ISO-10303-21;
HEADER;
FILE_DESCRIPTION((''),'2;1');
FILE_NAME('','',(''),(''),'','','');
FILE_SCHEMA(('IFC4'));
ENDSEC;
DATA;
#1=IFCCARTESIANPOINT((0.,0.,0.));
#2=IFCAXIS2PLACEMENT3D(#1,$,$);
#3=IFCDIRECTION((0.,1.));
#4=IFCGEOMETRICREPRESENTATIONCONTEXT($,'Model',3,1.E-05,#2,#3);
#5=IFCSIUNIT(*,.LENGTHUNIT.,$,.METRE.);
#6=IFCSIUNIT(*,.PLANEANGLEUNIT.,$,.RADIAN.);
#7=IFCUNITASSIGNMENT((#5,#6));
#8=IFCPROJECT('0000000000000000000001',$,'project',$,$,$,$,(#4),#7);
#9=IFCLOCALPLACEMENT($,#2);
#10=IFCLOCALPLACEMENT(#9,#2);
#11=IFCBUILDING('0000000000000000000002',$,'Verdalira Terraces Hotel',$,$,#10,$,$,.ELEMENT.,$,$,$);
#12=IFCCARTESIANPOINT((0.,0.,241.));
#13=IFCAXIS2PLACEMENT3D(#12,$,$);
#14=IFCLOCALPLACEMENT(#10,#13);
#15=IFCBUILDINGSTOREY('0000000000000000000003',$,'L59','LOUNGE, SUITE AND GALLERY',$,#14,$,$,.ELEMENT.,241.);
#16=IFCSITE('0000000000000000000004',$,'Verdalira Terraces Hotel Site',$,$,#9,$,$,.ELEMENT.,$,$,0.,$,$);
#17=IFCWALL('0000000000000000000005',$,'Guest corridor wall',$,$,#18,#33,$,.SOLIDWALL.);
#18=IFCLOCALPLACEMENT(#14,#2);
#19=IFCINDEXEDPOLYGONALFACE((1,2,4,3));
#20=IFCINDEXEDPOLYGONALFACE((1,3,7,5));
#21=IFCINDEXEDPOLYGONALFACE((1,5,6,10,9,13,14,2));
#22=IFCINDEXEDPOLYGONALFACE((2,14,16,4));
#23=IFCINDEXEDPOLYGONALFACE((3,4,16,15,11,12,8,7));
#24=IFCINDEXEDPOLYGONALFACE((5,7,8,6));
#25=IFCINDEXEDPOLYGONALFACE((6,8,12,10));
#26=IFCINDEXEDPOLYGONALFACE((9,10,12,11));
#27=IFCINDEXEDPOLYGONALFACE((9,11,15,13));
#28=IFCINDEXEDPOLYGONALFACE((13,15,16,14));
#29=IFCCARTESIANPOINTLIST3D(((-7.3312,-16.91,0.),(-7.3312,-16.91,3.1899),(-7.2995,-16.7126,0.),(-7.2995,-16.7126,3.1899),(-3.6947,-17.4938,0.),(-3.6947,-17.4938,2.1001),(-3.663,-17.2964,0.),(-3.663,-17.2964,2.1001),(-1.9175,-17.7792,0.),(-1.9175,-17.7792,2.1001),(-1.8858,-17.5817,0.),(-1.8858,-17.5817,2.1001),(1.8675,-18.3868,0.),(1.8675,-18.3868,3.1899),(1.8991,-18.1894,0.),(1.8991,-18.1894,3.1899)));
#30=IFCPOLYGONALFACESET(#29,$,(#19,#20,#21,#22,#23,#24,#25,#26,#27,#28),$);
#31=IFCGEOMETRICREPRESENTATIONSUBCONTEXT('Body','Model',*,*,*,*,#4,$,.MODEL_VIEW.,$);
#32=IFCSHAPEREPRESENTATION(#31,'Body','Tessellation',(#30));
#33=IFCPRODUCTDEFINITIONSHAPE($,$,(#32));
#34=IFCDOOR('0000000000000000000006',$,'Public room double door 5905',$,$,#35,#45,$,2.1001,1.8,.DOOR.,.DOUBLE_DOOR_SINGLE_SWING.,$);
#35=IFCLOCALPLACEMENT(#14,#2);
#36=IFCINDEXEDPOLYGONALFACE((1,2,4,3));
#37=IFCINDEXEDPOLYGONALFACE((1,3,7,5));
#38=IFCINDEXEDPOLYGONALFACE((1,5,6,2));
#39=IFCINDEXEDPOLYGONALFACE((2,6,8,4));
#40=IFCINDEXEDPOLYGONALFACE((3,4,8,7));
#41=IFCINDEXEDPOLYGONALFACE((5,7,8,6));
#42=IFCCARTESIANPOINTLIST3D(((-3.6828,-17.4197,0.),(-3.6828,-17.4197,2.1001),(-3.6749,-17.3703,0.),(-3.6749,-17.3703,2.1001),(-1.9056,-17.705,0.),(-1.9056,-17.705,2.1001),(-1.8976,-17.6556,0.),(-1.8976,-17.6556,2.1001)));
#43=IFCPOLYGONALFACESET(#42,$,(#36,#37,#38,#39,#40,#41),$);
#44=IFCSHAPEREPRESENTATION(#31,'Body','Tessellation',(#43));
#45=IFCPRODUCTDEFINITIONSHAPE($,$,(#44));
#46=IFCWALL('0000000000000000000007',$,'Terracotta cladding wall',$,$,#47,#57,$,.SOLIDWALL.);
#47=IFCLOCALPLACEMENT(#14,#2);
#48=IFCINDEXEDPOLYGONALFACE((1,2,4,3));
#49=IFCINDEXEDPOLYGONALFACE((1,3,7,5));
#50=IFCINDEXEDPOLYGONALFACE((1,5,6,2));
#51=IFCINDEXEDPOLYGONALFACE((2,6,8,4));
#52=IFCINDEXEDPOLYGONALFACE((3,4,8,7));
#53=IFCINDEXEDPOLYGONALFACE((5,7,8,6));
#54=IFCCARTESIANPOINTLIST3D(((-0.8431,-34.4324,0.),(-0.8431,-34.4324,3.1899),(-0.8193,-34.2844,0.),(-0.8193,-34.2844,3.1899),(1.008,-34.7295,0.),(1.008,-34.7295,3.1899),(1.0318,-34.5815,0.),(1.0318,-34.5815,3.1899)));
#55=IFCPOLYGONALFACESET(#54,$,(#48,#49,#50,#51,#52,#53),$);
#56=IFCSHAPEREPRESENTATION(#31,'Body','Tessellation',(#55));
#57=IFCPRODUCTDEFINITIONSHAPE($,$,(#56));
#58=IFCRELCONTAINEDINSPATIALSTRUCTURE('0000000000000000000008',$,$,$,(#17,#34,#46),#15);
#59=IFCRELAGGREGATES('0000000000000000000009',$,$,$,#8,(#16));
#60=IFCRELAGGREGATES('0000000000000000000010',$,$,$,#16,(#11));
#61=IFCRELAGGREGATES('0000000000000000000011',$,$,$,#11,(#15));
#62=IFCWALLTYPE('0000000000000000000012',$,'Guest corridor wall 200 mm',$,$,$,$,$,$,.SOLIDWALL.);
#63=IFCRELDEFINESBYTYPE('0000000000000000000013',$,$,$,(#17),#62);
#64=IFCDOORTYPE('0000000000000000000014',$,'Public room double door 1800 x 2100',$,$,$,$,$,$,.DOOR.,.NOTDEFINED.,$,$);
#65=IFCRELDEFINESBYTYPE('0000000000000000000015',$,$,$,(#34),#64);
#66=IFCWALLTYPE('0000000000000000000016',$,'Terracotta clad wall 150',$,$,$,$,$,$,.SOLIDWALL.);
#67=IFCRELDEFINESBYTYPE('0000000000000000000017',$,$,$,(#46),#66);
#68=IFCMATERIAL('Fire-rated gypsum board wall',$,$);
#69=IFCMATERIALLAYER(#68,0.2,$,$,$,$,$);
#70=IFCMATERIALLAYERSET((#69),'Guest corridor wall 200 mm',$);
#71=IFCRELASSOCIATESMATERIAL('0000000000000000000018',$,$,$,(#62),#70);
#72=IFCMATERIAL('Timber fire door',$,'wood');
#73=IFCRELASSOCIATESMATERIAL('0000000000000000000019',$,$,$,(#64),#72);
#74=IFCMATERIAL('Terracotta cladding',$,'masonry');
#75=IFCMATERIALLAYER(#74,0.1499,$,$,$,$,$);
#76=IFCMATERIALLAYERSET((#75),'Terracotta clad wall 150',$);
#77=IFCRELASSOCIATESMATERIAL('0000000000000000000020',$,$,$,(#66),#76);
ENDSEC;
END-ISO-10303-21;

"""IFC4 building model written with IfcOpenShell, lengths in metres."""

from ifc_helpers import new_model, si_unit, direction, frame, frame_2d, origin, place, context, subcontext, project, spatial, rectangle, extrude, material, layer, layer_set, type_object, element, fill, save


model = new_model("IFC4")

# Units and contexts
model_context = context("Model", 3, precision=1e-05, world=origin(), true_north=direction((0.0, 1.0)))
body_context = subcontext(model_context, "Body", "Model", "MODEL_VIEW")
ifc_project = project(units=[si_unit("LENGTHUNIT", "METRE"), si_unit("PLANEANGLEUNIT", "RADIAN")], contexts=[model_context])

# Site, building, storey
site_placement = place(None, origin())
site = spatial("IfcSite", under=ifc_project, at=site_placement, Name="Verdalira Terraces Hotel Site", CompositionType="ELEMENT", RefElevation=0.0)
building_placement = place(site_placement, origin())
building = spatial("IfcBuilding", under=site, at=building_placement, Name="Verdalira Terraces Hotel", CompositionType="ELEMENT")
storey_placement = place(building_placement, frame((0.0, 0.0, 241.0)))
storey = spatial("IfcBuildingStorey", under=building, at=storey_placement, Name="L59", Description="LOUNGE, SUITE AND GALLERY", CompositionType="ELEMENT", Elevation=241.0)

# Wall, opening, door
ifc_material_1 = material(Name="Fire-rated gypsum board wall")
ifc_layer_1 = layer(ifc_material_1, 0.2)
ifc_layer_set_1 = layer_set([ifc_layer_1], Name="Guest corridor wall 200 mm")
wall_type_1 = type_object("IfcWallType", Name="Guest corridor wall 200 mm", PredefinedType="SOLIDWALL", material=ifc_layer_set_1)
wall_1_placement = place(storey_placement, frame((1.8833, -18.2881, 0.0), z_axis=(0.0, 0.0, 1.0), x_axis=(-0.987357, 0.158515, 0.0)))
wall_1 = element("IfcWall", 1, at=wall_1_placement, inside=storey, type_object=wall_type_1, Name="Guest corridor wall", PredefinedType="SOLIDWALL", context=body_context, shape_type="SweptSolid", body=[
    extrude(rectangle(XDim=9.3164, YDim=0.2, at=frame_2d((4.6582, 0.0))), origin(), (0.0, 0.0, 1.0), 3.1899),
])
opening_1_placement = place(wall_1_placement, frame((3.8335, 0.0, 0.0)))
opening_1 = element("IfcOpeningElement", 2, at=opening_1_placement, cuts=wall_1, PredefinedType="OPENING", context=body_context, shape_type="SweptSolid", body=[
    extrude(rectangle(XDim=1.8, YDim=2.1001, at=frame_2d((0.8999, 1.05))), frame((0.0, 0.1099, 0.0), z_axis=(0.0, -1.0, 0.0), x_axis=(1.0, 0.0, 0.0)), (0.0, 0.0, 1.0), 0.22),
])
ifc_material_2 = material(Name="Timber fire door", Category="wood")
door_type_1 = type_object("IfcDoorType", Name="Public room double door 1800 x 2100", OperationType="NOTDEFINED", PredefinedType="DOOR", material=ifc_material_2)
door_1_placement = place(opening_1_placement, origin())
door_1 = element("IfcDoor", 3, at=door_1_placement, inside=storey, type_object=door_type_1, Name="Public room double door 5905", OperationType="DOUBLE_DOOR_SINGLE_SWING", OverallHeight=2.1001, OverallWidth=1.8, PredefinedType="DOOR", context=body_context, shape_type="SweptSolid", body=[
    extrude(rectangle(XDim=1.8, YDim=2.1001, at=frame_2d((0.8999, 1.05))), frame((0.0, 0.0249, 0.0), z_axis=(0.0, -1.0, 0.0), x_axis=(1.0, 0.0, 0.0)), (0.0, 0.0, 1.0), 0.05),
])
fill(opening_1, door_1)

# Wall
ifc_material_3 = material(Name="Terracotta cladding", Category="masonry")
ifc_layer_2 = layer(ifc_material_3, 0.1499)
ifc_layer_set_2 = layer_set([ifc_layer_2], Name="Terracotta clad wall 150")
wall_type_2 = type_object("IfcWallType", Name="Terracotta clad wall 150", PredefinedType="SOLIDWALL", material=ifc_layer_set_2)
wall_2_placement = place(storey_placement, frame((-0.8313, -34.3584, 0.0), z_axis=(0.0, 0.0, 1.0), x_axis=(0.987362, -0.158483, 0.0)))
element("IfcWall", 4, at=wall_2_placement, inside=storey, type_object=wall_type_2, Name="Terracotta cladding wall", PredefinedType="SOLIDWALL", context=body_context, shape_type="SweptSolid", body=[
    extrude(rectangle(XDim=1.8748, YDim=0.1499, at=frame_2d((0.9375, 0.0))), origin(), (0.0, 0.0, 1.0), 3.1899),
])

save(model, "model.ifc")
